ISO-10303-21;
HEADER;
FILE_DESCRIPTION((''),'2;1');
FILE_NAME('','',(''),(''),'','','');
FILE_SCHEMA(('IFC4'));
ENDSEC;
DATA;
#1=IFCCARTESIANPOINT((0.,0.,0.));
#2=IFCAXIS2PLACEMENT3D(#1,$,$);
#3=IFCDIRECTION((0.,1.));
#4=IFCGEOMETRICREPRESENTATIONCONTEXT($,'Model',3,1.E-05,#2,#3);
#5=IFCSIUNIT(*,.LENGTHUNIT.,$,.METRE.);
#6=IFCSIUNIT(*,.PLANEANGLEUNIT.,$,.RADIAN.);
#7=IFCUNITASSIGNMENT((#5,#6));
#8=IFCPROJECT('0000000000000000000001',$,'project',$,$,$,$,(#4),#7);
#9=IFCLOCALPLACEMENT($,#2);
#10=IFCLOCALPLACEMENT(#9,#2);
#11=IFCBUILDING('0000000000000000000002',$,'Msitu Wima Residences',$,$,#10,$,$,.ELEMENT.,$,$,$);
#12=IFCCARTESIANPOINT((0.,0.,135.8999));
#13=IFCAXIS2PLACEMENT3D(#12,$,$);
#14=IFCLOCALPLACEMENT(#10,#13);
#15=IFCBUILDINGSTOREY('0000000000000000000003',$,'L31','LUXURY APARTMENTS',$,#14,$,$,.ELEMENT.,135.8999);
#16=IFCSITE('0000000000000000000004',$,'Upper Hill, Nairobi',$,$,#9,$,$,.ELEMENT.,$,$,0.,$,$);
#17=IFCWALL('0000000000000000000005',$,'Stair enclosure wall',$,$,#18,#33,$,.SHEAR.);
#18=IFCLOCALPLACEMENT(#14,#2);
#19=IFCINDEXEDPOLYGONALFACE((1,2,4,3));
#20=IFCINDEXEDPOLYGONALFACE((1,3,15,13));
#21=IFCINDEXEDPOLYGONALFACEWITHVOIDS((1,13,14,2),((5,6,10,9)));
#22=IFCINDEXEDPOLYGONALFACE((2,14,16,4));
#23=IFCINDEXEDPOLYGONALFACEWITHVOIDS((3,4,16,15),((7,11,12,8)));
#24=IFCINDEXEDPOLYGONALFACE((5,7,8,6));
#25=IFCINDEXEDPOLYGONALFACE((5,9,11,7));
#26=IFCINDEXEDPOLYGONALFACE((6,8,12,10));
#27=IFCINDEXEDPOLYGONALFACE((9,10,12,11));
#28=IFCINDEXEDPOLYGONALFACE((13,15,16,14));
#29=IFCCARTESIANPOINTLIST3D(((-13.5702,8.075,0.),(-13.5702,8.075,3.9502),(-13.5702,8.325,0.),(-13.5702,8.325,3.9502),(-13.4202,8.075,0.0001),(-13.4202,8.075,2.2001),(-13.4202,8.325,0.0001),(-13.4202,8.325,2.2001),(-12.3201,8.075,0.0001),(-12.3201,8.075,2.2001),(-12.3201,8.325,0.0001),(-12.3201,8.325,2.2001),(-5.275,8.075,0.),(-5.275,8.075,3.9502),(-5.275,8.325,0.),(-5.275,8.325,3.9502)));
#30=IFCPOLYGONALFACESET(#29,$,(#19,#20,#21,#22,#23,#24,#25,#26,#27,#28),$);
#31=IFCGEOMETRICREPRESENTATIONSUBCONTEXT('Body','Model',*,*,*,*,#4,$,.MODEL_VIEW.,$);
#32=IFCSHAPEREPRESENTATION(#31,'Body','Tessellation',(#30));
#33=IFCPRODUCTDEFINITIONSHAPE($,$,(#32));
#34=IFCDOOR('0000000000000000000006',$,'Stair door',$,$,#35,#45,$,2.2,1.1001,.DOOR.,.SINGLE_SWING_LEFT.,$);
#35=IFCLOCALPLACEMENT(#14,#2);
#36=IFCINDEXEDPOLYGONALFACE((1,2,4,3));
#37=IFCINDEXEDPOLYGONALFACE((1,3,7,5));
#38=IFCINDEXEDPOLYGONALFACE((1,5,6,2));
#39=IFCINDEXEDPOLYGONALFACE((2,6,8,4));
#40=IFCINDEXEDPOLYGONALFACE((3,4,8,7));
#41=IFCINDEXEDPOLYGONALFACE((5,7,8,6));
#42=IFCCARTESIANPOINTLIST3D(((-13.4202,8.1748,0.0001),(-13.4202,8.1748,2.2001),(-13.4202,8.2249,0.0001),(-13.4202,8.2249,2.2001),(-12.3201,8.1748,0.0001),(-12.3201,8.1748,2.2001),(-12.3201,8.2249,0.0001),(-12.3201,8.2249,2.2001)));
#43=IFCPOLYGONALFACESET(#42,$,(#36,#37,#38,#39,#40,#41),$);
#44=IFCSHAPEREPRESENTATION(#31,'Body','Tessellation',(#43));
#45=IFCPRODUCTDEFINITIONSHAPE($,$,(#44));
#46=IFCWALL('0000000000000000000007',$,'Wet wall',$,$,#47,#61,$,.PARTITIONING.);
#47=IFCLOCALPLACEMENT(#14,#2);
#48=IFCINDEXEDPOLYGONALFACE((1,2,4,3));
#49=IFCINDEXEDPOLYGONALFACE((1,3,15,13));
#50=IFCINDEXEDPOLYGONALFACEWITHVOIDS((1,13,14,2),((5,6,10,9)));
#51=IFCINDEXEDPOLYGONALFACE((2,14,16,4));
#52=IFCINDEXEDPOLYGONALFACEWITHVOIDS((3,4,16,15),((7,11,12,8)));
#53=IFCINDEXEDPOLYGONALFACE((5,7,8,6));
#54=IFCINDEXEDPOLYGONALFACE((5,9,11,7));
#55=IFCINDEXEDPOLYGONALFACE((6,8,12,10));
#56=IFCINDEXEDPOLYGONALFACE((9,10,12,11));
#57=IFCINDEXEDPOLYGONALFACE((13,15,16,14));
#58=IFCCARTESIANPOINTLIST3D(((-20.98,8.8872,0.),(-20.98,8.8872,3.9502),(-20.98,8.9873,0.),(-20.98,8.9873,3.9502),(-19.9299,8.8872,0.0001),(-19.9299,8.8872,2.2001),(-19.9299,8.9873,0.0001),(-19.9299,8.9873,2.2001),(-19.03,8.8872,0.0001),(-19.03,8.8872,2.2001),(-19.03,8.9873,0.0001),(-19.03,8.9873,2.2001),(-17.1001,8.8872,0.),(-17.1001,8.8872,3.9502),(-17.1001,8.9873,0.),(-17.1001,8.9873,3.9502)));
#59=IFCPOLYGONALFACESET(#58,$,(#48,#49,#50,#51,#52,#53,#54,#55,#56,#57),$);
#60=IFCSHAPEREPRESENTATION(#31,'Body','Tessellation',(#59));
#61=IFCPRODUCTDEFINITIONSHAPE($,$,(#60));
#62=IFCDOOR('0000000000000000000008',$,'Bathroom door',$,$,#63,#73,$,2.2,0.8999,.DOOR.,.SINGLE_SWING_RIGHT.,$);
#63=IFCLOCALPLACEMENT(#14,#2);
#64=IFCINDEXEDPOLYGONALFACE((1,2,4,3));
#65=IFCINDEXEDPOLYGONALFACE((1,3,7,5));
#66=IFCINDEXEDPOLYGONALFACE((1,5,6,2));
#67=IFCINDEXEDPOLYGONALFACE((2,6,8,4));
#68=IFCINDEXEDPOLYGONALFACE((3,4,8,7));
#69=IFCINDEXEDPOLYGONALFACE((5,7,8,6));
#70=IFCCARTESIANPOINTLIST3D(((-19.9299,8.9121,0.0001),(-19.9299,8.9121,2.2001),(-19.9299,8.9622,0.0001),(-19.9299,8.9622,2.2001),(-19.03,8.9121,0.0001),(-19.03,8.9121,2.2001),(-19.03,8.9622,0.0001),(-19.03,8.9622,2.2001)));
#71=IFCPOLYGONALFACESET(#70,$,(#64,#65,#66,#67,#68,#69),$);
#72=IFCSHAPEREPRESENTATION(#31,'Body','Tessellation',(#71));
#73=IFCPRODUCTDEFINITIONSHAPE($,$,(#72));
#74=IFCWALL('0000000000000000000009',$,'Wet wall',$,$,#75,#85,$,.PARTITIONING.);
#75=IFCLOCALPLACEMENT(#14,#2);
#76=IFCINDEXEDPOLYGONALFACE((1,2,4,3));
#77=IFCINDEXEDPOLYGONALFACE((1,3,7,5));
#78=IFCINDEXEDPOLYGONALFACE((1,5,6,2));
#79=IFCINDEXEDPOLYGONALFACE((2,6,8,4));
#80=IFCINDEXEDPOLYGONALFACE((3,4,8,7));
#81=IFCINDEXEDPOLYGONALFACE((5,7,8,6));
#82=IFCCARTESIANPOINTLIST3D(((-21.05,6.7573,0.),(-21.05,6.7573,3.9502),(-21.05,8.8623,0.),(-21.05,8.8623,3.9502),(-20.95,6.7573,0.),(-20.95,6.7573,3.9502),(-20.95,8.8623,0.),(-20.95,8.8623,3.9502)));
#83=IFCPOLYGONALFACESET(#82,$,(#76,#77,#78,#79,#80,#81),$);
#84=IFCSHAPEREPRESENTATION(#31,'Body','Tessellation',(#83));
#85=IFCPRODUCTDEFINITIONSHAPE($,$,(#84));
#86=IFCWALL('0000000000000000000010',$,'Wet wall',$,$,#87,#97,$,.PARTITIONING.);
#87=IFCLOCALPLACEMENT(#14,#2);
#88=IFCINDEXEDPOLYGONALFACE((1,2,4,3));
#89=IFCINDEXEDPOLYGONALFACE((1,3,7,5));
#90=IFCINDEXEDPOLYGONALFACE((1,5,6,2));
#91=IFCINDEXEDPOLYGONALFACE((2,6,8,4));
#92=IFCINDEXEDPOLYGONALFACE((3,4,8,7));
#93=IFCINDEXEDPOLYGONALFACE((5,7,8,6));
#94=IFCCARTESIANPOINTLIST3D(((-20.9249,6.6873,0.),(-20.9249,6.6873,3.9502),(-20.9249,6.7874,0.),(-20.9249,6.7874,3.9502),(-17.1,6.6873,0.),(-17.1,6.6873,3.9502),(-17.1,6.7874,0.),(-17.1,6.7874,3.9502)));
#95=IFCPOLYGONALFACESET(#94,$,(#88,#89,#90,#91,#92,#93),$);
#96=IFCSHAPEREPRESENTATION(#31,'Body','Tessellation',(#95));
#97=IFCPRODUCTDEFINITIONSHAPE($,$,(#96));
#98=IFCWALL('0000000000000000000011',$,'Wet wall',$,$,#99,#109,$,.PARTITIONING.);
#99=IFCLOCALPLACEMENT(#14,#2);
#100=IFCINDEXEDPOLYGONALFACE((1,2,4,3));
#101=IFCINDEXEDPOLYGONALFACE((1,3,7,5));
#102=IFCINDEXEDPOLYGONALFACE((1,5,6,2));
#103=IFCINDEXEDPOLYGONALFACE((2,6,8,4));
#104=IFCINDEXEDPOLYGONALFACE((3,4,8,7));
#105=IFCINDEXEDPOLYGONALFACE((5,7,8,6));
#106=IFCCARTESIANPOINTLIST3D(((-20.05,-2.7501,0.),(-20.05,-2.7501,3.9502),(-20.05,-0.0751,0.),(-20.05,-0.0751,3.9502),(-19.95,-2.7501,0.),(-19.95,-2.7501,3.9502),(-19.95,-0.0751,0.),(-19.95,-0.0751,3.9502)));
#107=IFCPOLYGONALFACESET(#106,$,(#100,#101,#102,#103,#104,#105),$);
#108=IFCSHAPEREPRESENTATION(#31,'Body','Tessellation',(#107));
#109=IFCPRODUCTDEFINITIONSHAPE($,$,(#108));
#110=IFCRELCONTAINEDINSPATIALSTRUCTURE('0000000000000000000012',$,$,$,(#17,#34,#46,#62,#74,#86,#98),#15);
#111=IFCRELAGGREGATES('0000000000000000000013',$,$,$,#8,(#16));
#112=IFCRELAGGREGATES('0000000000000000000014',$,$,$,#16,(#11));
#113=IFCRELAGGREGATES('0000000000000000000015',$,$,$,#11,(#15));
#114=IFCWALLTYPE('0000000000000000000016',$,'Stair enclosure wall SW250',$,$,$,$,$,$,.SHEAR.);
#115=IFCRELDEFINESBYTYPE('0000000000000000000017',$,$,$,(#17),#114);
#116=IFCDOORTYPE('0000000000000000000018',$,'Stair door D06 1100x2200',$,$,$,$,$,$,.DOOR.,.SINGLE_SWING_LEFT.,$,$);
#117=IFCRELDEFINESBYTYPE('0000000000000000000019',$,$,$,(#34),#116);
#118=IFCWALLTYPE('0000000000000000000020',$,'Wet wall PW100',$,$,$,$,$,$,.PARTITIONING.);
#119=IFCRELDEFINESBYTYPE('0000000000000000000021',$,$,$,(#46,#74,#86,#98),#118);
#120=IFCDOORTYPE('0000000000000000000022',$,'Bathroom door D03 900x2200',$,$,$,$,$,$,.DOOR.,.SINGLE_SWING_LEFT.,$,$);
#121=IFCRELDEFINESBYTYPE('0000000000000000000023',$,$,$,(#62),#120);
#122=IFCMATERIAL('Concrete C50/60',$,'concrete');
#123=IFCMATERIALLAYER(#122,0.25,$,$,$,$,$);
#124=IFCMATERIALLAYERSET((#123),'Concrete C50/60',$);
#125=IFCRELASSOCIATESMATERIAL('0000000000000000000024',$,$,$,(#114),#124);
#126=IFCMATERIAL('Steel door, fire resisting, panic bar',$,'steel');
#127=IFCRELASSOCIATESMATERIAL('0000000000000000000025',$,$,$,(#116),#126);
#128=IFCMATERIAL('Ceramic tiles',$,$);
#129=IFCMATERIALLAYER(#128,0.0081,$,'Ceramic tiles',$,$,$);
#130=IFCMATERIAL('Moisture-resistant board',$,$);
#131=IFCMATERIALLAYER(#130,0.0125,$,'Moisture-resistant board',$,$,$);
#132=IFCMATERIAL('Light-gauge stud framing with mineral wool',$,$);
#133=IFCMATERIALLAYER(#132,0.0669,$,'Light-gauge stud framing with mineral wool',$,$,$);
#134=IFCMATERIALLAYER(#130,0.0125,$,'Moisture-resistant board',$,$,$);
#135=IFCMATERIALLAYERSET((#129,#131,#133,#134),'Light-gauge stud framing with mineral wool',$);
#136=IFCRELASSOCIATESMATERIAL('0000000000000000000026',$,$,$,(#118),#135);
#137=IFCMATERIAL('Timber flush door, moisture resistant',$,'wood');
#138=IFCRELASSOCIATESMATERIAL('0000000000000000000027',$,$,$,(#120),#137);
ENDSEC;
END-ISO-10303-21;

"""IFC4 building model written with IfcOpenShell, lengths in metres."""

from ifc_helpers import new_model, si_unit, direction, frame, frame_2d, origin, place, context, subcontext, project, spatial, rectangle, extrude, material, layer, layer_set, type_object, element, fill, save


model = new_model("IFC4")

# Units and contexts
model_context = context("Model", 3, precision=1e-05, world=origin(), true_north=direction((0.0, 1.0)))
body_context = subcontext(model_context, "Body", "Model", "MODEL_VIEW")
ifc_project = project(units=[si_unit("LENGTHUNIT", "METRE"), si_unit("PLANEANGLEUNIT", "RADIAN")], contexts=[model_context])

# Site, building, storey
site_placement = place(None, origin())
site = spatial("IfcSite", under=ifc_project, at=site_placement, Name="Upper Hill, Nairobi", CompositionType="ELEMENT", RefElevation=0.0)
building_placement = place(site_placement, origin())
building = spatial("IfcBuilding", under=site, at=building_placement, Name="Msitu Wima Residences", CompositionType="ELEMENT")
storey_placement = place(building_placement, frame((0.0, 0.0, 135.8999)))
storey = spatial("IfcBuildingStorey", under=building, at=storey_placement, Name="L31", Description="LUXURY APARTMENTS", CompositionType="ELEMENT", Elevation=135.8999)

# Shared definitions
ifc_material_1 = material(Name="Light-gauge stud framing with mineral wool")

# Walls, openings, doors
ifc_material_2 = material(Name="Concrete C50/60", Category="concrete")
ifc_layer_1 = layer(ifc_material_2, 0.25)
ifc_layer_set_1 = layer_set([ifc_layer_1], Name="Concrete C50/60")
wall_type_1 = type_object("IfcWallType", Name="Stair enclosure wall SW250", PredefinedType="SHEAR", material=ifc_layer_set_1)
wall_1_placement = place(storey_placement, frame((-13.5701, 8.2, 0.0), z_axis=(0.0, 0.0, 1.0), x_axis=(1.0, 0.0, 0.0)))
wall_1 = element("IfcWall", 1, at=wall_1_placement, inside=storey, type_object=wall_type_1, Name="Stair enclosure wall", PredefinedType="SHEAR", context=body_context, shape_type="SweptSolid", body=[
    extrude(rectangle(XDim=8.2952, YDim=0.25, at=frame_2d((4.1475, 0.0))), origin(), (0.0, 0.0, 1.0), 3.9502),
])
opening_1_placement = place(wall_1_placement, frame((0.1499, 0.0, 0.0)))
opening_1 = element("IfcOpeningElement", 2, at=opening_1_placement, cuts=wall_1, PredefinedType="OPENING", context=body_context, shape_type="SweptSolid", body=[
    extrude(rectangle(XDim=1.1001, YDim=2.2, at=frame_2d((0.55, 1.1001))), frame((0.0, 0.135, 0.0), z_axis=(0.0, -1.0, 0.0), x_axis=(1.0, 0.0, 0.0)), (0.0, 0.0, 1.0), 0.27),
])
ifc_material_3 = material(Name="Steel door, fire resisting, panic bar", Category="steel")
door_type_1 = type_object("IfcDoorType", Name="Stair door D06 1100x2200", OperationType="SINGLE_SWING_LEFT", PredefinedType="DOOR", material=ifc_material_3)
door_1_placement = place(opening_1_placement, origin())
door_1 = element("IfcDoor", 3, at=door_1_placement, inside=storey, type_object=door_type_1, Name="Stair door", OperationType="SINGLE_SWING_LEFT", OverallHeight=2.2, OverallWidth=1.1001, PredefinedType="DOOR", context=body_context, shape_type="SweptSolid", body=[
    extrude(rectangle(XDim=1.1001, YDim=2.2, at=frame_2d((0.55, 1.1001))), frame((0.0, 0.0249, 0.0), z_axis=(0.0, -1.0, 0.0), x_axis=(1.0, 0.0, 0.0)), (0.0, 0.0, 1.0), 0.05),
])
fill(opening_1, door_1)
ifc_material_4 = material(Name="Ceramic tiles")
ifc_layer_2 = layer(ifc_material_4, 0.0081, Name="Ceramic tiles")
ifc_material_5 = material(Name="Moisture-resistant board")
ifc_layer_3 = layer(ifc_material_5, 0.0125, Name="Moisture-resistant board")
ifc_layer_4 = layer(ifc_material_1, 0.0669, Name="Light-gauge stud framing with mineral wool")
ifc_layer_5 = layer(ifc_material_5, 0.0125, Name="Moisture-resistant board")
ifc_layer_set_2 = layer_set([ifc_layer_2, ifc_layer_3, ifc_layer_4, ifc_layer_5], Name="Light-gauge stud framing with mineral wool")
wall_type_2 = type_object("IfcWallType", Name="Wet wall PW100", PredefinedType="PARTITIONING", material=ifc_layer_set_2)
wall_2_placement = place(storey_placement, frame((-20.98, 8.9373, 0.0), z_axis=(0.0, 0.0, 1.0), x_axis=(1.0, 0.0, 0.0)))
wall_2 = element("IfcWall", 4, at=wall_2_placement, inside=storey, type_object=wall_type_2, Name="Wet wall", PredefinedType="PARTITIONING", context=body_context, shape_type="SweptSolid", body=[
    extrude(rectangle(XDim=3.8799, YDim=0.1001, at=frame_2d((1.9399, 0.0))), origin(), (0.0, 0.0, 1.0), 3.9502),
])
opening_2_placement = place(wall_2_placement, frame((1.05, 0.0, 0.0)))
opening_2 = element("IfcOpeningElement", 5, at=opening_2_placement, cuts=wall_2, PredefinedType="OPENING", context=body_context, shape_type="SweptSolid", body=[
    extrude(rectangle(XDim=0.8999, YDim=2.2, at=frame_2d((0.45, 1.1001))), frame((0.0, 0.0601, 0.0), z_axis=(0.0, -1.0, 0.0), x_axis=(1.0, 0.0, 0.0)), (0.0, 0.0, 1.0), 0.1201),
])
ifc_material_6 = material(Name="Timber flush door, moisture resistant", Category="wood")
door_type_2 = type_object("IfcDoorType", Name="Bathroom door D03 900x2200", OperationType="SINGLE_SWING_LEFT", PredefinedType="DOOR", material=ifc_material_6)
door_2_placement = place(opening_2_placement, origin())
door_2 = element("IfcDoor", 6, at=door_2_placement, inside=storey, type_object=door_type_2, Name="Bathroom door", OperationType="SINGLE_SWING_RIGHT", OverallHeight=2.2, OverallWidth=0.8999, PredefinedType="DOOR", context=body_context, shape_type="SweptSolid", body=[
    extrude(rectangle(XDim=0.8999, YDim=2.2, at=frame_2d((0.45, 1.1001))), frame((0.0, 0.0249, 0.0), z_axis=(0.0, -1.0, 0.0), x_axis=(1.0, 0.0, 0.0)), (0.0, 0.0, 1.0), 0.05),
])
fill(opening_2, door_2)

# Walls
wall_3_placement = place(storey_placement, frame((-21.0, 6.7573, 0.0), z_axis=(0.0, 0.0, 1.0), x_axis=(0.0, 1.0, 0.0)))
element("IfcWall", 7, at=wall_3_placement, inside=storey, type_object=wall_type_2, Name="Wet wall", PredefinedType="PARTITIONING", context=body_context, shape_type="SweptSolid", body=[
    extrude(rectangle(XDim=2.105, YDim=0.1001, at=frame_2d((1.0525, 0.0))), origin(), (0.0, 0.0, 1.0), 3.9502),
])
wall_4_placement = place(storey_placement, frame((-20.925, 6.7373, 0.0), z_axis=(0.0, 0.0, 1.0), x_axis=(1.0, 0.0, 0.0)))
element("IfcWall", 8, at=wall_4_placement, inside=storey, type_object=wall_type_2, Name="Wet wall", PredefinedType="PARTITIONING", context=body_context, shape_type="SweptSolid", body=[
    extrude(rectangle(XDim=3.825, YDim=0.1001, at=frame_2d((1.9126, 0.0))), origin(), (0.0, 0.0, 1.0), 3.9502),
])
wall_5_placement = place(storey_placement, frame((-20.0, -2.75, 0.0), z_axis=(0.0, 0.0, 1.0), x_axis=(0.0, 1.0, 0.0)))
element("IfcWall", 9, at=wall_5_placement, inside=storey, type_object=wall_type_2, Name="Wet wall", PredefinedType="PARTITIONING", context=body_context, shape_type="SweptSolid", body=[
    extrude(rectangle(XDim=2.675, YDim=0.1001, at=frame_2d((1.3374, 0.0))), origin(), (0.0, 0.0, 1.0), 3.9502),
])

save(model, "model.ifc")
